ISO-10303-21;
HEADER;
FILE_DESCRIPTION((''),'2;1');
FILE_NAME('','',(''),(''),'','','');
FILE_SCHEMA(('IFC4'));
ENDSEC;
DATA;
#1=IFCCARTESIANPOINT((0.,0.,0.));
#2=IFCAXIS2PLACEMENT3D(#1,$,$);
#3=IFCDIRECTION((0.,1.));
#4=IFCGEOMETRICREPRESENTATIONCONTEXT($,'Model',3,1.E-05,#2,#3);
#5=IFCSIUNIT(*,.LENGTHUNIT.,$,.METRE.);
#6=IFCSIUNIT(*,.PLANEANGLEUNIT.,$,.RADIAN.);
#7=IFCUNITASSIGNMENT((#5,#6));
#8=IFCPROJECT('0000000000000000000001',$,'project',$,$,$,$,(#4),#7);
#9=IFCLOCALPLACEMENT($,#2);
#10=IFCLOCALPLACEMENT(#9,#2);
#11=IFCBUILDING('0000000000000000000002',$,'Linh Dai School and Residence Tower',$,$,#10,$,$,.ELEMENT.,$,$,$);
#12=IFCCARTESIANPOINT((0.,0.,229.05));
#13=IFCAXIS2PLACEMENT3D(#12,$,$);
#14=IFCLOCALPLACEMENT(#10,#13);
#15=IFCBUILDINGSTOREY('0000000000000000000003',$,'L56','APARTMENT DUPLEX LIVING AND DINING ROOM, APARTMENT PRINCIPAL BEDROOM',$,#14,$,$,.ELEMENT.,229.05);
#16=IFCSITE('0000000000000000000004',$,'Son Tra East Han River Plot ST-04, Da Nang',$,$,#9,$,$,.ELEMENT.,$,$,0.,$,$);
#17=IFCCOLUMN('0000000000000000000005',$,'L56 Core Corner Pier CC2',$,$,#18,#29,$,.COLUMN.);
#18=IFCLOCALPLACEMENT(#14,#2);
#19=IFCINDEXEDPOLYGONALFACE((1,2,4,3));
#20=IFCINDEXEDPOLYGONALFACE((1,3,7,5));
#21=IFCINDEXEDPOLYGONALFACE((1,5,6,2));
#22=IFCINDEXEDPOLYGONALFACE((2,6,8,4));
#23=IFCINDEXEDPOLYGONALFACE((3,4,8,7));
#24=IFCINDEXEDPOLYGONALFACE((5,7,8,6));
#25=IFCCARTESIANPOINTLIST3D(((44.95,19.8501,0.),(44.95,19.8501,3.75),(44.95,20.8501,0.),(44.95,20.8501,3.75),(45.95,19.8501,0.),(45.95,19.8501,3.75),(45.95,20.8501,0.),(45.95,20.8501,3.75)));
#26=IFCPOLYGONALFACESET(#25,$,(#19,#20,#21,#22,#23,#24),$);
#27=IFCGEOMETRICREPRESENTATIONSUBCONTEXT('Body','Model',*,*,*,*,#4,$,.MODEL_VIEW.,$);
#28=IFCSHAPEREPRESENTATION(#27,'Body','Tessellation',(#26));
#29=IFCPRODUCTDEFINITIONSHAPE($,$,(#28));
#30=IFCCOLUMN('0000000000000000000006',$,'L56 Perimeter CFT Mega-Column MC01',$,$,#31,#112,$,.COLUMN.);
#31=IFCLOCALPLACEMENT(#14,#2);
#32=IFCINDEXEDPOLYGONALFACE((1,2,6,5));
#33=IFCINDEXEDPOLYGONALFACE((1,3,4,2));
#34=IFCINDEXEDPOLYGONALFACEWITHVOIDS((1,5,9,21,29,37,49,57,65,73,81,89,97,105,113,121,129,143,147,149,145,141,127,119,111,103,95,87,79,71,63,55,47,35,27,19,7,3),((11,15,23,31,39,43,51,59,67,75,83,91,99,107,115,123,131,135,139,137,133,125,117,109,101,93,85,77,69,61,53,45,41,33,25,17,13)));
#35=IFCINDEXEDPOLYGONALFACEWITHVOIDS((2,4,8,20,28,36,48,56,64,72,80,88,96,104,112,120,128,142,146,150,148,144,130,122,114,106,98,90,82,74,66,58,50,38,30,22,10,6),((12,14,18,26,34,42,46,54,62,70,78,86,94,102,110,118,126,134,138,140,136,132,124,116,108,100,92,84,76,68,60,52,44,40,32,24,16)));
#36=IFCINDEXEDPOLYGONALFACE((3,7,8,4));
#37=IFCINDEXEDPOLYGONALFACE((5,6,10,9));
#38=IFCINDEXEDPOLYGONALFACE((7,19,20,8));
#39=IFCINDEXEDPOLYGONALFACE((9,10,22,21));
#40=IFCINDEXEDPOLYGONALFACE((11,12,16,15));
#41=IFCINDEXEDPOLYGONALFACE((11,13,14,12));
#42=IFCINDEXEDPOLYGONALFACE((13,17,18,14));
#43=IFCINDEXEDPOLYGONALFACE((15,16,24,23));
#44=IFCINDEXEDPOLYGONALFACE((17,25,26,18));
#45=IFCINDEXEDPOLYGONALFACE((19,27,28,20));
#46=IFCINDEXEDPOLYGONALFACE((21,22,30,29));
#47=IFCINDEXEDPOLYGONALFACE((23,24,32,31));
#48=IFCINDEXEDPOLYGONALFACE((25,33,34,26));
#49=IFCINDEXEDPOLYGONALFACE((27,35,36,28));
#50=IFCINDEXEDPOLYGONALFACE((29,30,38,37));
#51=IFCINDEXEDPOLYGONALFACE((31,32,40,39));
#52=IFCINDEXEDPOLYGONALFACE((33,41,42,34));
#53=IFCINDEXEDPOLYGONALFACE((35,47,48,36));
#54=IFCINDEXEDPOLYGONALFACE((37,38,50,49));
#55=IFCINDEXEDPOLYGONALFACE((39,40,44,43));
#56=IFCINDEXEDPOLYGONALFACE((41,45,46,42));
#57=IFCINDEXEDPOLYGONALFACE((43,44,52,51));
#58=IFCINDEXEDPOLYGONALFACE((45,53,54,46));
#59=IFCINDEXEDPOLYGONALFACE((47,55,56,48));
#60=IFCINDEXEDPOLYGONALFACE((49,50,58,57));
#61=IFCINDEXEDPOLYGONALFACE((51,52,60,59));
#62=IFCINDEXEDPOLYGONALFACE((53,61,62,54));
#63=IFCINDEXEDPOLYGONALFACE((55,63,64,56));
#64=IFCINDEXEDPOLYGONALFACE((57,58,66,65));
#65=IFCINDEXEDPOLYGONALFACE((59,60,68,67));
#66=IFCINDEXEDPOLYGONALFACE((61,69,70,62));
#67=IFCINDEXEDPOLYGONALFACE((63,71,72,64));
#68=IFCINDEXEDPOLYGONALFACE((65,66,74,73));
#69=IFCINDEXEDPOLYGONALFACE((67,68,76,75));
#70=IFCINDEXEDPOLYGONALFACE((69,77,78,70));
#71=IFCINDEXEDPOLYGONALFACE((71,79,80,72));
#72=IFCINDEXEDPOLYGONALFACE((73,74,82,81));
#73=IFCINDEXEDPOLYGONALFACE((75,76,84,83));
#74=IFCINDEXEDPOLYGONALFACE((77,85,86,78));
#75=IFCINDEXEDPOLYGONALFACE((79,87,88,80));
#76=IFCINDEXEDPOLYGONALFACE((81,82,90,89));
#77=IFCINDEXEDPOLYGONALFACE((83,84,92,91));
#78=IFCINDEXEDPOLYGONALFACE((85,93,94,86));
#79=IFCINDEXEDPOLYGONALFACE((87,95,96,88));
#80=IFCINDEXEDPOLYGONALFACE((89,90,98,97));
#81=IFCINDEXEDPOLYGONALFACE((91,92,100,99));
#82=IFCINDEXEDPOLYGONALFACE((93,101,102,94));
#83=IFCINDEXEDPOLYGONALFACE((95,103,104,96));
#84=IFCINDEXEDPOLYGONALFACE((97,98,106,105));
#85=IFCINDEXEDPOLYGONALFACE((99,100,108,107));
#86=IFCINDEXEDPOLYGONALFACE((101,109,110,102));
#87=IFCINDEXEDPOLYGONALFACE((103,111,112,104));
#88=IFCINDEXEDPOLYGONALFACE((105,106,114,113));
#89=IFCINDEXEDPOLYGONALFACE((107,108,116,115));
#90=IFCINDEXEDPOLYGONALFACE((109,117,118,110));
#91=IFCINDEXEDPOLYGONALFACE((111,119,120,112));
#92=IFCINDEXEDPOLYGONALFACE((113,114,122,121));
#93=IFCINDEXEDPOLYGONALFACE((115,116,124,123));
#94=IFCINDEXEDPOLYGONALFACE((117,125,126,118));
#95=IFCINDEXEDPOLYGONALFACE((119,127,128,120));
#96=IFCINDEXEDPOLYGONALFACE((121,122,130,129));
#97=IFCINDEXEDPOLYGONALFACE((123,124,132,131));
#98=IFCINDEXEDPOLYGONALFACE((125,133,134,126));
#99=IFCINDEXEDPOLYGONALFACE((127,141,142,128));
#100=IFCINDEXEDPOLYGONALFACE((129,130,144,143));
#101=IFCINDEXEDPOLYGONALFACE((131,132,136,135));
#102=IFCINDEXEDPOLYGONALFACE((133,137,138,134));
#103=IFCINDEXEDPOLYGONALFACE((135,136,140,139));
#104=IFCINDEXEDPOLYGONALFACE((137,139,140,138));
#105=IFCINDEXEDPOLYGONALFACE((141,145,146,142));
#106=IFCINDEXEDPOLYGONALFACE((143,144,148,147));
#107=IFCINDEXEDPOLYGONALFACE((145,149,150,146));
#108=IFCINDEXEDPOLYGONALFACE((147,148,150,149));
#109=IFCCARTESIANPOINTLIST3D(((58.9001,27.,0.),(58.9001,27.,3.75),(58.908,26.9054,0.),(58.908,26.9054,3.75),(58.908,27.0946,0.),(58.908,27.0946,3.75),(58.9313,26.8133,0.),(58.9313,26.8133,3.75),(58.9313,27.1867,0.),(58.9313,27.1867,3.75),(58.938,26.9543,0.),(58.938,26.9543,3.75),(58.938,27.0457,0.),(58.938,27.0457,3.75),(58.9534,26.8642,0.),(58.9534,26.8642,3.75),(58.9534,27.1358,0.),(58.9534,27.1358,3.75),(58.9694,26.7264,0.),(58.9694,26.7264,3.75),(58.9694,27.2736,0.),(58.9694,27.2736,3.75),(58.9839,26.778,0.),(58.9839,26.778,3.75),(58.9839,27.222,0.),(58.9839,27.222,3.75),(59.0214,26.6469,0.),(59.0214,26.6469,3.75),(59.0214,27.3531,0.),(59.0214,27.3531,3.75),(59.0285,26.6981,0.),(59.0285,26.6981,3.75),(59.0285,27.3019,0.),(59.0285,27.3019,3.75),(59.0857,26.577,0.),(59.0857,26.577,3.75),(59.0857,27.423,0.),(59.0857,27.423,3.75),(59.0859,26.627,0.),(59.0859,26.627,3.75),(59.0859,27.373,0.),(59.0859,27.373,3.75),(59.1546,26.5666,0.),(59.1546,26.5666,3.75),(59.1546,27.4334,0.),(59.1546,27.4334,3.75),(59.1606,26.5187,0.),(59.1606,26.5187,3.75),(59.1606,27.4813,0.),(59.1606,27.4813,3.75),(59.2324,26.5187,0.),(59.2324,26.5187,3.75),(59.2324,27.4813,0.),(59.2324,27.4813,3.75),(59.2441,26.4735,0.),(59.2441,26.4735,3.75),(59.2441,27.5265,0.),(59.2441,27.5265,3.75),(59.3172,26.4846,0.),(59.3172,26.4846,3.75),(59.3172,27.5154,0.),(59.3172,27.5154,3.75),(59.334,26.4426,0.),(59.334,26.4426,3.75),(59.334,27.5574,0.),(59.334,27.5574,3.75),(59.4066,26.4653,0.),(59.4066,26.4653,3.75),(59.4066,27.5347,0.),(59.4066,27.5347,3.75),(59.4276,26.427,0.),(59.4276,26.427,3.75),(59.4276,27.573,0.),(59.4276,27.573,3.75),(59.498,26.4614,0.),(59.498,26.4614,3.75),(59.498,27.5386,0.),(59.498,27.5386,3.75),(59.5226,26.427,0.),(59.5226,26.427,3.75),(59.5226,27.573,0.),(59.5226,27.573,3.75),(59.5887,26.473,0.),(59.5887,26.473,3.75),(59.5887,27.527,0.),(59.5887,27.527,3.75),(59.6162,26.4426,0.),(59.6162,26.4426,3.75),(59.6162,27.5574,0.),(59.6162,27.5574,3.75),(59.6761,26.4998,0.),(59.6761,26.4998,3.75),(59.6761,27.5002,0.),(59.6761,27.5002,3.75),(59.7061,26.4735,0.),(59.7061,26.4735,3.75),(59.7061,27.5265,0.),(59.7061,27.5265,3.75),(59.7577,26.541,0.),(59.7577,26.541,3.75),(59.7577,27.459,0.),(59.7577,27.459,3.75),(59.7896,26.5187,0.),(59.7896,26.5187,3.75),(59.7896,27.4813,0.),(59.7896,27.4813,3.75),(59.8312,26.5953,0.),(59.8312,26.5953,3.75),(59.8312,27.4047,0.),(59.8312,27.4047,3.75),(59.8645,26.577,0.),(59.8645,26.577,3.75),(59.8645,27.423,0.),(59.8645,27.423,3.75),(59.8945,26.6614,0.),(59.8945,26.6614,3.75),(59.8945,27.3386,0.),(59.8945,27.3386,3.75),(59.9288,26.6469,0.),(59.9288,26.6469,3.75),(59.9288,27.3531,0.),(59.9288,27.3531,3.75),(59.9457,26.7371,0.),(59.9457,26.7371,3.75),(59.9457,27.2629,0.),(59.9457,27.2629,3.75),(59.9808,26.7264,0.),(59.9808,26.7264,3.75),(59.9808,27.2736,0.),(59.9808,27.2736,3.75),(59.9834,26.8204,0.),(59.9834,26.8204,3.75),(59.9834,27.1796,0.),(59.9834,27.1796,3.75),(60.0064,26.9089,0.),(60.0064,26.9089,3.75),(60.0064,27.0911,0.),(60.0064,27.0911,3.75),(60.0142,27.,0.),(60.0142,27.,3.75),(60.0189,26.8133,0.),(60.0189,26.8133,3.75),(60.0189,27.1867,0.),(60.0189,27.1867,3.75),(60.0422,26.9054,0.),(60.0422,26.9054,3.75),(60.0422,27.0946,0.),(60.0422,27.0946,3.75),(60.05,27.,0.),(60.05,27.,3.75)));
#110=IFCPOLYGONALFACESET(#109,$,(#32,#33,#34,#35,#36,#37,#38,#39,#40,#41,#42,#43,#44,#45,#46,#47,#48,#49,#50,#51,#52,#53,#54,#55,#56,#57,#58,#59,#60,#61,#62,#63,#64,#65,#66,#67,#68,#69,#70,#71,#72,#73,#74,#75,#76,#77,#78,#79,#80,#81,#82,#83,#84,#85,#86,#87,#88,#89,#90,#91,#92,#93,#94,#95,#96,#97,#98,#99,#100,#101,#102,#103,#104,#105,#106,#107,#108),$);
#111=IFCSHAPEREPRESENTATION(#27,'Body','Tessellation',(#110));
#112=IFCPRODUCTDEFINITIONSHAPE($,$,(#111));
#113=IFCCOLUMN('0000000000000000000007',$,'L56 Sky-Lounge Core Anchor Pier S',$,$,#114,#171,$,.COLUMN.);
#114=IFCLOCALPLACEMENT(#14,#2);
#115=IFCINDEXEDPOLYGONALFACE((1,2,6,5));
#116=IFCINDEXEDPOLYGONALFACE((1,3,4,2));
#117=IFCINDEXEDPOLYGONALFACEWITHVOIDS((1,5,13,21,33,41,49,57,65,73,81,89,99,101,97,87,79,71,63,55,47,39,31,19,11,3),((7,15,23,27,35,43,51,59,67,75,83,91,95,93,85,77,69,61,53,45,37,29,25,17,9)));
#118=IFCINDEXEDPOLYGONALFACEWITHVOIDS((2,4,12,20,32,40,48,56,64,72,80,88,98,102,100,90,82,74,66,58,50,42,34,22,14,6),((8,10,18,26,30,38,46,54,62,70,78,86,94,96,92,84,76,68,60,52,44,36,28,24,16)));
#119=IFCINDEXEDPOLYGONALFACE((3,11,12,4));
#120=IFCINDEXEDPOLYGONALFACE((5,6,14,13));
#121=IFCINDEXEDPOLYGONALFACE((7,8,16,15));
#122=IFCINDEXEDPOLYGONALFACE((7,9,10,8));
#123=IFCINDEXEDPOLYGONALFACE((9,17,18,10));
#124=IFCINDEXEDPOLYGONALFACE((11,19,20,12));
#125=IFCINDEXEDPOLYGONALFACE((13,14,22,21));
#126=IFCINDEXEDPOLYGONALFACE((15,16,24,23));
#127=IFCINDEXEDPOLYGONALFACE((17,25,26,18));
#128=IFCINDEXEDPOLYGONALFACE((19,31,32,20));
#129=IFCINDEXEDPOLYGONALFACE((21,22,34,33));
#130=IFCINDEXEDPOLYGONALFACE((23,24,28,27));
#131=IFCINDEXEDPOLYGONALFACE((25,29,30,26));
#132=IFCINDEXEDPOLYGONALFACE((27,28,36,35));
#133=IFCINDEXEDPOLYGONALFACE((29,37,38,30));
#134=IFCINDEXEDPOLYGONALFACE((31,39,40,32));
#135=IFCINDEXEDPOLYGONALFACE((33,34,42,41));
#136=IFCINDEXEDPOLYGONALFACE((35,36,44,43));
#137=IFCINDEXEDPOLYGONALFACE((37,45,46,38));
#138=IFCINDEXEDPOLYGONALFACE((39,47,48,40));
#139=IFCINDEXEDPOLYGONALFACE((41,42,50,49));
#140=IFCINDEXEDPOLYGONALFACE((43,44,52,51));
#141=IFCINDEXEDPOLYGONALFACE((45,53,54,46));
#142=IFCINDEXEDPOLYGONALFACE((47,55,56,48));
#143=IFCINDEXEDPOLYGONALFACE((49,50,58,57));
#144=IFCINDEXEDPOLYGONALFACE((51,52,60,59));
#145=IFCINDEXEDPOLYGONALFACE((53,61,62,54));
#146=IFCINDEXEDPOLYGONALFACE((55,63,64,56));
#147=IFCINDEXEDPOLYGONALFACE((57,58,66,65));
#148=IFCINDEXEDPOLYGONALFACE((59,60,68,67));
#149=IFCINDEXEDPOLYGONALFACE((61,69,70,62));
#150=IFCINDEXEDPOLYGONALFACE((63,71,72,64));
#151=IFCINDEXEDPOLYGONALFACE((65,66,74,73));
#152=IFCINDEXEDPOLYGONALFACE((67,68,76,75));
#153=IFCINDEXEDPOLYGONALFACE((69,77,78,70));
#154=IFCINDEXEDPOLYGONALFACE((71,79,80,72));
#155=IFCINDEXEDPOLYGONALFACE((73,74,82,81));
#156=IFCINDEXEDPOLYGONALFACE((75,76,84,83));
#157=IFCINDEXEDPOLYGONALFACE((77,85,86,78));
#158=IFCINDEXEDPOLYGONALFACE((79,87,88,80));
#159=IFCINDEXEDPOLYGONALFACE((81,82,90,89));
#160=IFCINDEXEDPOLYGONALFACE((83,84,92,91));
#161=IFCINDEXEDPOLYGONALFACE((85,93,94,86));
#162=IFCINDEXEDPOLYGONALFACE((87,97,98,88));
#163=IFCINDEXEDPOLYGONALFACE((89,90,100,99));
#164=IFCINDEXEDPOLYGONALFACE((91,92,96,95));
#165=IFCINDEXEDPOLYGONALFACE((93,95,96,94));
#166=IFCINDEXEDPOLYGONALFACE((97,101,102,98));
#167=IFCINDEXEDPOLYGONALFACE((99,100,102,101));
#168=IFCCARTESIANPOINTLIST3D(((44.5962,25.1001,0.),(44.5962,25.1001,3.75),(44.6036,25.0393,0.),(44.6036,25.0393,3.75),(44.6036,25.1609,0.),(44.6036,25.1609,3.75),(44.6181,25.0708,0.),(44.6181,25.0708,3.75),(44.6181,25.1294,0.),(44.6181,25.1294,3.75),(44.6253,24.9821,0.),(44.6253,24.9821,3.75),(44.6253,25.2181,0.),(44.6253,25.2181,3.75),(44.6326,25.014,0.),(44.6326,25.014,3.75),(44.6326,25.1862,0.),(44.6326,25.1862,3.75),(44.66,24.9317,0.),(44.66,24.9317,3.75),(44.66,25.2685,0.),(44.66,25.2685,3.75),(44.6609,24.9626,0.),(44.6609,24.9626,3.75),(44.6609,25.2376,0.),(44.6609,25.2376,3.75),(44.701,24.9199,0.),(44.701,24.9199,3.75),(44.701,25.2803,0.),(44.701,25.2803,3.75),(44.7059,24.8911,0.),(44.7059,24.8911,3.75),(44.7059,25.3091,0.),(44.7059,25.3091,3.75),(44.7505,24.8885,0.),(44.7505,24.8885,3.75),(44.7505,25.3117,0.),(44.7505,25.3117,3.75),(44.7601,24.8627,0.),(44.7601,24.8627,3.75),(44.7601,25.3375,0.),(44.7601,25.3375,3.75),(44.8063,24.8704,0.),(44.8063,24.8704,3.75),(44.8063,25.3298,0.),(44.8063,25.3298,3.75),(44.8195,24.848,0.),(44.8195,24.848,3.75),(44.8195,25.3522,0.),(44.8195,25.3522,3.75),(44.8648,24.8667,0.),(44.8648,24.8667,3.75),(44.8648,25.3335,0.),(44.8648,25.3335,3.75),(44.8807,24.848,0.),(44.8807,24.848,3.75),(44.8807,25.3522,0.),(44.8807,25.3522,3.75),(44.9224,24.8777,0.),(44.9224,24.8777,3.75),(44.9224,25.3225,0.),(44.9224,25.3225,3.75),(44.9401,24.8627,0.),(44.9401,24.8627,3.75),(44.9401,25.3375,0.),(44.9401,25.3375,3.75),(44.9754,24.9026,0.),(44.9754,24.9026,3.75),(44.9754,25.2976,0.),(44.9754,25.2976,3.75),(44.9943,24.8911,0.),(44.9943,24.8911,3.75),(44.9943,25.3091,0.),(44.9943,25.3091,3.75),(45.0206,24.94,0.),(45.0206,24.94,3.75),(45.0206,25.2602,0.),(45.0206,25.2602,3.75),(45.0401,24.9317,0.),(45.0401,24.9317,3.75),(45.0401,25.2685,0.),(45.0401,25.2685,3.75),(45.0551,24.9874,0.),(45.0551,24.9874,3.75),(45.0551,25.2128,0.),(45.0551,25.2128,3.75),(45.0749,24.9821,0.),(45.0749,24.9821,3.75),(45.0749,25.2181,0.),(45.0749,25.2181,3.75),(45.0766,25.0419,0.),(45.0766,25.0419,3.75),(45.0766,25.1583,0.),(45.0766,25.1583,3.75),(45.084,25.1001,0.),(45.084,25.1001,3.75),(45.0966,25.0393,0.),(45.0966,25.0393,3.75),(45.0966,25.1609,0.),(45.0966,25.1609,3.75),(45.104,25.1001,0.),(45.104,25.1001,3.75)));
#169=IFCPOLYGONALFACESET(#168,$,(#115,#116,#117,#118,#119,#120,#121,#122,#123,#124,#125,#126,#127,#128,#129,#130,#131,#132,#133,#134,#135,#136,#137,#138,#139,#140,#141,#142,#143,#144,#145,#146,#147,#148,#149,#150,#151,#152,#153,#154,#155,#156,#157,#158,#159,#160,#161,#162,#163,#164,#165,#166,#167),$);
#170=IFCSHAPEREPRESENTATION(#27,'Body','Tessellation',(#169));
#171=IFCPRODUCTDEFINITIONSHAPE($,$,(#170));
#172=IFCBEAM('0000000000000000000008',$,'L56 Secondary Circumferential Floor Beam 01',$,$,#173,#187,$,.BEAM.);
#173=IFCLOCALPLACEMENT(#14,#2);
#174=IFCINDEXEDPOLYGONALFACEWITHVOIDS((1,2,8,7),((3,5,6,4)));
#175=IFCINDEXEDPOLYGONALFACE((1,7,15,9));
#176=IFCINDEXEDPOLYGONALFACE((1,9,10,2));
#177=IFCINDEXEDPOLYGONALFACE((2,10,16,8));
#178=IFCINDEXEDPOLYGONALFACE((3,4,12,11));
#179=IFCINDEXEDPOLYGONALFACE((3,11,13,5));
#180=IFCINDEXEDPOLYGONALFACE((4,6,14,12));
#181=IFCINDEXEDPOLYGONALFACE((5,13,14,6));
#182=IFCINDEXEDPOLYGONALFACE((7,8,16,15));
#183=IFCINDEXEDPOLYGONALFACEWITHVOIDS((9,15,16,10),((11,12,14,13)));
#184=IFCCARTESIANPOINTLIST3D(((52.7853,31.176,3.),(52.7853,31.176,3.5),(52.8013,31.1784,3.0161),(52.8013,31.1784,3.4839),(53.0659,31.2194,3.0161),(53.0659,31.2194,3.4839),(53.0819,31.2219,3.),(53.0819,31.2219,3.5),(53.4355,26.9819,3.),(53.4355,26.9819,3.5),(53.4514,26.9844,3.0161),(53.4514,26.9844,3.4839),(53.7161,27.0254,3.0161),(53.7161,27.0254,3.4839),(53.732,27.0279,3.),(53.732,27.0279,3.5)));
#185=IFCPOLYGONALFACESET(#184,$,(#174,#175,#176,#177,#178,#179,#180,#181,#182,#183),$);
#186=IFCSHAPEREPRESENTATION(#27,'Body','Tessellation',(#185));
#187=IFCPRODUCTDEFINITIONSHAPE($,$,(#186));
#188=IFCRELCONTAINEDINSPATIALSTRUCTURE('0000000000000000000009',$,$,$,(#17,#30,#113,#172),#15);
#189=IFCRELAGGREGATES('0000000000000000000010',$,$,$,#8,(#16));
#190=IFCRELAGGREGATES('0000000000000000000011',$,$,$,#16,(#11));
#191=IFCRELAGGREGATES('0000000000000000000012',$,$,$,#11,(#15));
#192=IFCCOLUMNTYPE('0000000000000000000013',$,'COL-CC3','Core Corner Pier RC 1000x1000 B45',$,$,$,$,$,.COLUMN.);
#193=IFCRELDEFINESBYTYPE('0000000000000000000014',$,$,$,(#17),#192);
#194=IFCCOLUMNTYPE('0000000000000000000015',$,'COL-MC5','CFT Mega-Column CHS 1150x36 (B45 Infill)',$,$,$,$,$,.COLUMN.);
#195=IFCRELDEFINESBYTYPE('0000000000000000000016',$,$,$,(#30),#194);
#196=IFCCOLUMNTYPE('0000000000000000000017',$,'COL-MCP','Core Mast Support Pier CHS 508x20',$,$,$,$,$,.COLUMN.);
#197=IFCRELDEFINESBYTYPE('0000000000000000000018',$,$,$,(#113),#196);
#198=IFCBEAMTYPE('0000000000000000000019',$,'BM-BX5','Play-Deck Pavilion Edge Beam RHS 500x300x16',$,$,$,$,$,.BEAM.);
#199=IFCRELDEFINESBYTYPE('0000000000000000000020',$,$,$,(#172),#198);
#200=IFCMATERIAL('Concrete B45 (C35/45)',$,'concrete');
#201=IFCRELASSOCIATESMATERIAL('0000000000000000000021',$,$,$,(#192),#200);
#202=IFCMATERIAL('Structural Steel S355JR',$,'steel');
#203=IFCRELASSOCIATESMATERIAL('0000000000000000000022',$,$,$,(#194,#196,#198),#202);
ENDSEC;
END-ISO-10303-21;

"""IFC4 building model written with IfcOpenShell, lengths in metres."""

from ifc_helpers import new_model, si_unit, direction, frame, origin, origin_2d, place, context, subcontext, project, spatial, rectangle, hollow_rectangle, hollow_circle, extrude, material, material_profile, profile_set, type_object, element, save


model = new_model("IFC4")

# Units and contexts
model_context = context("Model", 3, precision=1e-05, world=origin(), true_north=direction((0.0, 1.0)))
body_context = subcontext(model_context, "Body", "Model", "MODEL_VIEW")
ifc_project = project(units=[si_unit("LENGTHUNIT", "METRE"), si_unit("PLANEANGLEUNIT", "RADIAN")], contexts=[model_context])

# Site, building, storey
site_placement = place(None, origin())
site = spatial("IfcSite", under=ifc_project, at=site_placement, Name="Son Tra East Han River Plot ST-04, Da Nang", CompositionType="ELEMENT", RefElevation=0.0)
building_placement = place(site_placement, origin())
building = spatial("IfcBuilding", under=site, at=building_placement, Name="Linh Dai School and Residence Tower", CompositionType="ELEMENT")
storey_placement = place(building_placement, frame((0.0, 0.0, 229.05)))
storey = spatial("IfcBuildingStorey", under=building, at=storey_placement, Name="L56", Description="APARTMENT DUPLEX LIVING AND DINING ROOM, APARTMENT PRINCIPAL BEDROOM", CompositionType="ELEMENT", Elevation=229.05)

# Columns
ifc_material_1 = material(Name="Concrete B45 (C35/45)", Category="concrete")
ifc_material_profile_1 = material_profile(ifc_material_1, rectangle(XDim=1.0, YDim=1.0, at=origin_2d()), Name="RC 1000x1000")
ifc_profile_set_1 = profile_set([ifc_material_profile_1], Name="Concrete B45 (C35/45)")
column_type_1 = type_object("IfcColumnType", Name="COL-CC3", Description="Core Corner Pier RC 1000x1000 B45", PredefinedType="COLUMN", material=ifc_profile_set_1)
column_1_placement = place(storey_placement, frame((45.45, 20.3501, 0.0), z_axis=(0.0, 0.0, 1.0), x_axis=(1.0, 0.0, 0.0)))
element("IfcColumn", 1, at=column_1_placement, inside=storey, type_object=column_type_1, Name="L56 Core Corner Pier CC2", PredefinedType="COLUMN", context=body_context, shape_type="SweptSolid", body=[
    extrude(rectangle(XDim=1.0, YDim=1.0, at=origin_2d()), origin(), (0.0, 0.0, 1.0), 3.75),
])
ifc_material_2 = material(Name="Structural Steel S355JR", Category="steel")
ifc_material_profile_2 = material_profile(ifc_material_2, hollow_circle(Radius=0.575, WallThickness=0.0359, at=origin_2d()), Name="CHS 1150x36")
ifc_profile_set_2 = profile_set([ifc_material_profile_2], Name="Structural Steel S355JR")
column_type_2 = type_object("IfcColumnType", Name="COL-MC5", Description="CFT Mega-Column CHS 1150x36 (B45 Infill)", PredefinedType="COLUMN", material=ifc_profile_set_2)
column_2_placement = place(storey_placement, frame((59.4751, 27.0, 0.0), z_axis=(0.0, 0.0, 1.0), x_axis=(1.0, 0.0, 0.0)))
element("IfcColumn", 2, at=column_2_placement, inside=storey, type_object=column_type_2, Name="L56 Perimeter CFT Mega-Column MC01", PredefinedType="COLUMN", context=body_context, shape_type="SweptSolid", body=[
    extrude(hollow_circle(Radius=0.575, WallThickness=0.0359, at=origin_2d()), origin(), (0.0, 0.0, 1.0), 3.75),
])
ifc_material_profile_3 = material_profile(ifc_material_2, hollow_circle(Radius=0.2539, WallThickness=0.02, at=origin_2d()), Name="CHS 508x20")
ifc_profile_set_3 = profile_set([ifc_material_profile_3], Name="Structural Steel S355JR")
column_type_3 = type_object("IfcColumnType", Name="COL-MCP", Description="Core Mast Support Pier CHS 508x20", PredefinedType="COLUMN", material=ifc_profile_set_3)
column_3_placement = place(storey_placement, frame((44.8501, 25.1001, 0.0), z_axis=(0.0, 0.0, 1.0), x_axis=(1.0, 0.0, 0.0)))
element("IfcColumn", 3, at=column_3_placement, inside=storey, type_object=column_type_3, Name="L56 Sky-Lounge Core Anchor Pier S", PredefinedType="COLUMN", context=body_context, shape_type="SweptSolid", body=[
    extrude(hollow_circle(Radius=0.2539, WallThickness=0.02, at=origin_2d()), origin(), (0.0, 0.0, 1.0), 3.75),
])

# Beam
ifc_material_profile_4 = material_profile(ifc_material_2, hollow_rectangle(XDim=0.3, YDim=0.5, WallThickness=0.0161, at=origin_2d()), Name="RHS 500x300x16")
ifc_profile_set_4 = profile_set([ifc_material_profile_4], Name="Structural Steel S355JR")
beam_type_1 = type_object("IfcBeamType", Name="BM-BX5", Description="Play-Deck Pavilion Edge Beam RHS 500x300x16", PredefinedType="BEAM", material=ifc_profile_set_4)
beam_1_placement = place(storey_placement, frame((53.5837, 27.0049, 3.25), z_axis=(-0.153185, 0.988197, 0.0), x_axis=(-0.988197, -0.153185, 0.0)))
element("IfcBeam", 4, at=beam_1_placement, inside=storey, type_object=beam_type_1, Name="L56 Secondary Circumferential Floor Beam 01", PredefinedType="BEAM", context=body_context, shape_type="SweptSolid", body=[
    extrude(hollow_rectangle(XDim=0.3, YDim=0.5, WallThickness=0.0161, at=origin_2d()), origin(), (0.0, 0.0, 1.0), 4.2441),
])

save(model, "model.ifc")
